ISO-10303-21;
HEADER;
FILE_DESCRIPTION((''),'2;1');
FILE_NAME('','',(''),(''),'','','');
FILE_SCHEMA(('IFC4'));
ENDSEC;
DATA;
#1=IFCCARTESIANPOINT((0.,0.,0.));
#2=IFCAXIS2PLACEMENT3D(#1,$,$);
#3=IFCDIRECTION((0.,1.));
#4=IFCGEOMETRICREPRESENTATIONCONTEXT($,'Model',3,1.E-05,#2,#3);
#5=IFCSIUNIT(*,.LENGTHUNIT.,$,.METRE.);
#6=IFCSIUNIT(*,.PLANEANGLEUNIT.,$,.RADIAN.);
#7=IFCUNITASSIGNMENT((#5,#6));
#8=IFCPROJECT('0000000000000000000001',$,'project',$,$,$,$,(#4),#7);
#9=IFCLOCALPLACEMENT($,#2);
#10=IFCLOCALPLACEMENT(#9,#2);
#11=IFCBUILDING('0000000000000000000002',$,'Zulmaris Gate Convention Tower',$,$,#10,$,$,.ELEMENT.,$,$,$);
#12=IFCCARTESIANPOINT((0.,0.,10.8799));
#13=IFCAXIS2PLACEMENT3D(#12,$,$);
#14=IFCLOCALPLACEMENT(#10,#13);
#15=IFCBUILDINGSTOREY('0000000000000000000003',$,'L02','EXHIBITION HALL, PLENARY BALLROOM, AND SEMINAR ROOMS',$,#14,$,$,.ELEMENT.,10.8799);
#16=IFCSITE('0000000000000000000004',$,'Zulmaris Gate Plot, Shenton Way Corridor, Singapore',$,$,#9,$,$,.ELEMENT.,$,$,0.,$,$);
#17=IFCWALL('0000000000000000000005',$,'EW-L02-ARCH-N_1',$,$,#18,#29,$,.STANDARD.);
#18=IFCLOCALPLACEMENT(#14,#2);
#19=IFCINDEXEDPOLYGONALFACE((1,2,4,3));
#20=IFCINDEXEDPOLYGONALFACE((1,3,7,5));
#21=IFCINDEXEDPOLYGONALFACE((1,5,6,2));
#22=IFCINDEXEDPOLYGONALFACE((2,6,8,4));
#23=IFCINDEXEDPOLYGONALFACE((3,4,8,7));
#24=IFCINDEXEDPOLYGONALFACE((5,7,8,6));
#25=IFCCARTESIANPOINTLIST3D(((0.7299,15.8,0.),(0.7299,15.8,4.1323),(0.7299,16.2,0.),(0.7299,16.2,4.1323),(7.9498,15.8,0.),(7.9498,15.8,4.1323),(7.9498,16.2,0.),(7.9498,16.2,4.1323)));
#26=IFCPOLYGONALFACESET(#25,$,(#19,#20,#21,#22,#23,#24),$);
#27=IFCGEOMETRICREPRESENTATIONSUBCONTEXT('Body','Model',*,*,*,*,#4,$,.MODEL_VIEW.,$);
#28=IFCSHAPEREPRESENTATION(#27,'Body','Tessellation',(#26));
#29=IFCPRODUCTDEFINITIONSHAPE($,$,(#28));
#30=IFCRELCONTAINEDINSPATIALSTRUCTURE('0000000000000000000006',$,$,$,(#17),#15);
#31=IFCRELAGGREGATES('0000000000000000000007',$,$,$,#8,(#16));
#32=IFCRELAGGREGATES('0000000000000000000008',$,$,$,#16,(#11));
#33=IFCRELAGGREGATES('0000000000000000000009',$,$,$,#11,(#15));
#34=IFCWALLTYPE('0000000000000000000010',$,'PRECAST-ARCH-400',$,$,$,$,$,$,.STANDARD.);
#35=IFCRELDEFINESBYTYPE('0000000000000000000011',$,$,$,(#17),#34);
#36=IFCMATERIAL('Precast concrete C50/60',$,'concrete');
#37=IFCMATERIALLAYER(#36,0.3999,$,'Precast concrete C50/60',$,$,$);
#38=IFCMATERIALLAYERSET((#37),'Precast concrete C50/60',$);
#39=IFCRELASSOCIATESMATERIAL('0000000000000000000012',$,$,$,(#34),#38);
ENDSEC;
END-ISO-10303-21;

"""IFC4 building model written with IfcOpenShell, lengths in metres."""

from ifc_helpers import new_model, si_unit, direction, frame, frame_2d, origin, place, context, subcontext, project, spatial, rectangle, extrude, material, layer, layer_set, type_object, element, save


model = new_model("IFC4")

# Units and contexts
model_context = context("Model", 3, precision=1e-05, world=origin(), true_north=direction((0.0, 1.0)))
body_context = subcontext(model_context, "Body", "Model", "MODEL_VIEW")
ifc_project = project(units=[si_unit("LENGTHUNIT", "METRE"), si_unit("PLANEANGLEUNIT", "RADIAN")], contexts=[model_context])

# Site, building, storey
site_placement = place(None, origin())
site = spatial("IfcSite", under=ifc_project, at=site_placement, Name="Zulmaris Gate Plot, Shenton Way Corridor, Singapore", CompositionType="ELEMENT", RefElevation=0.0)
building_placement = place(site_placement, origin())
building = spatial("IfcBuilding", under=site, at=building_placement, Name="Zulmaris Gate Convention Tower", CompositionType="ELEMENT")
storey_placement = place(building_placement, frame((0.0, 0.0, 10.8799)))
storey = spatial("IfcBuildingStorey", under=building, at=storey_placement, Name="L02", Description="EXHIBITION HALL, PLENARY BALLROOM, AND SEMINAR ROOMS", CompositionType="ELEMENT", Elevation=10.8799)

# Wall
ifc_material_1 = material(Name="Precast concrete C50/60", Category="concrete")
ifc_layer_1 = layer(ifc_material_1, 0.3999, Name="Precast concrete C50/60")
ifc_layer_set_1 = layer_set([ifc_layer_1], Name="Precast concrete C50/60")
wall_type_1 = type_object("IfcWallType", Name="PRECAST-ARCH-400", PredefinedType="STANDARD", material=ifc_layer_set_1)
wall_1_placement = place(storey_placement, frame((0.73, 16.0, 0.0), z_axis=(0.0, 0.0, 1.0), x_axis=(1.0, 0.0, 0.0)))
element("IfcWall", 1, at=wall_1_placement, inside=storey, type_object=wall_type_1, Name="EW-L02-ARCH-N_1", PredefinedType="STANDARD", context=body_context, shape_type="SweptSolid", body=[
    extrude(rectangle(XDim=7.22, YDim=0.3999, at=frame_2d((3.6099, 0.0))), origin(), (0.0, 0.0, 1.0), 4.1323),
])

save(model, "model.ifc")
